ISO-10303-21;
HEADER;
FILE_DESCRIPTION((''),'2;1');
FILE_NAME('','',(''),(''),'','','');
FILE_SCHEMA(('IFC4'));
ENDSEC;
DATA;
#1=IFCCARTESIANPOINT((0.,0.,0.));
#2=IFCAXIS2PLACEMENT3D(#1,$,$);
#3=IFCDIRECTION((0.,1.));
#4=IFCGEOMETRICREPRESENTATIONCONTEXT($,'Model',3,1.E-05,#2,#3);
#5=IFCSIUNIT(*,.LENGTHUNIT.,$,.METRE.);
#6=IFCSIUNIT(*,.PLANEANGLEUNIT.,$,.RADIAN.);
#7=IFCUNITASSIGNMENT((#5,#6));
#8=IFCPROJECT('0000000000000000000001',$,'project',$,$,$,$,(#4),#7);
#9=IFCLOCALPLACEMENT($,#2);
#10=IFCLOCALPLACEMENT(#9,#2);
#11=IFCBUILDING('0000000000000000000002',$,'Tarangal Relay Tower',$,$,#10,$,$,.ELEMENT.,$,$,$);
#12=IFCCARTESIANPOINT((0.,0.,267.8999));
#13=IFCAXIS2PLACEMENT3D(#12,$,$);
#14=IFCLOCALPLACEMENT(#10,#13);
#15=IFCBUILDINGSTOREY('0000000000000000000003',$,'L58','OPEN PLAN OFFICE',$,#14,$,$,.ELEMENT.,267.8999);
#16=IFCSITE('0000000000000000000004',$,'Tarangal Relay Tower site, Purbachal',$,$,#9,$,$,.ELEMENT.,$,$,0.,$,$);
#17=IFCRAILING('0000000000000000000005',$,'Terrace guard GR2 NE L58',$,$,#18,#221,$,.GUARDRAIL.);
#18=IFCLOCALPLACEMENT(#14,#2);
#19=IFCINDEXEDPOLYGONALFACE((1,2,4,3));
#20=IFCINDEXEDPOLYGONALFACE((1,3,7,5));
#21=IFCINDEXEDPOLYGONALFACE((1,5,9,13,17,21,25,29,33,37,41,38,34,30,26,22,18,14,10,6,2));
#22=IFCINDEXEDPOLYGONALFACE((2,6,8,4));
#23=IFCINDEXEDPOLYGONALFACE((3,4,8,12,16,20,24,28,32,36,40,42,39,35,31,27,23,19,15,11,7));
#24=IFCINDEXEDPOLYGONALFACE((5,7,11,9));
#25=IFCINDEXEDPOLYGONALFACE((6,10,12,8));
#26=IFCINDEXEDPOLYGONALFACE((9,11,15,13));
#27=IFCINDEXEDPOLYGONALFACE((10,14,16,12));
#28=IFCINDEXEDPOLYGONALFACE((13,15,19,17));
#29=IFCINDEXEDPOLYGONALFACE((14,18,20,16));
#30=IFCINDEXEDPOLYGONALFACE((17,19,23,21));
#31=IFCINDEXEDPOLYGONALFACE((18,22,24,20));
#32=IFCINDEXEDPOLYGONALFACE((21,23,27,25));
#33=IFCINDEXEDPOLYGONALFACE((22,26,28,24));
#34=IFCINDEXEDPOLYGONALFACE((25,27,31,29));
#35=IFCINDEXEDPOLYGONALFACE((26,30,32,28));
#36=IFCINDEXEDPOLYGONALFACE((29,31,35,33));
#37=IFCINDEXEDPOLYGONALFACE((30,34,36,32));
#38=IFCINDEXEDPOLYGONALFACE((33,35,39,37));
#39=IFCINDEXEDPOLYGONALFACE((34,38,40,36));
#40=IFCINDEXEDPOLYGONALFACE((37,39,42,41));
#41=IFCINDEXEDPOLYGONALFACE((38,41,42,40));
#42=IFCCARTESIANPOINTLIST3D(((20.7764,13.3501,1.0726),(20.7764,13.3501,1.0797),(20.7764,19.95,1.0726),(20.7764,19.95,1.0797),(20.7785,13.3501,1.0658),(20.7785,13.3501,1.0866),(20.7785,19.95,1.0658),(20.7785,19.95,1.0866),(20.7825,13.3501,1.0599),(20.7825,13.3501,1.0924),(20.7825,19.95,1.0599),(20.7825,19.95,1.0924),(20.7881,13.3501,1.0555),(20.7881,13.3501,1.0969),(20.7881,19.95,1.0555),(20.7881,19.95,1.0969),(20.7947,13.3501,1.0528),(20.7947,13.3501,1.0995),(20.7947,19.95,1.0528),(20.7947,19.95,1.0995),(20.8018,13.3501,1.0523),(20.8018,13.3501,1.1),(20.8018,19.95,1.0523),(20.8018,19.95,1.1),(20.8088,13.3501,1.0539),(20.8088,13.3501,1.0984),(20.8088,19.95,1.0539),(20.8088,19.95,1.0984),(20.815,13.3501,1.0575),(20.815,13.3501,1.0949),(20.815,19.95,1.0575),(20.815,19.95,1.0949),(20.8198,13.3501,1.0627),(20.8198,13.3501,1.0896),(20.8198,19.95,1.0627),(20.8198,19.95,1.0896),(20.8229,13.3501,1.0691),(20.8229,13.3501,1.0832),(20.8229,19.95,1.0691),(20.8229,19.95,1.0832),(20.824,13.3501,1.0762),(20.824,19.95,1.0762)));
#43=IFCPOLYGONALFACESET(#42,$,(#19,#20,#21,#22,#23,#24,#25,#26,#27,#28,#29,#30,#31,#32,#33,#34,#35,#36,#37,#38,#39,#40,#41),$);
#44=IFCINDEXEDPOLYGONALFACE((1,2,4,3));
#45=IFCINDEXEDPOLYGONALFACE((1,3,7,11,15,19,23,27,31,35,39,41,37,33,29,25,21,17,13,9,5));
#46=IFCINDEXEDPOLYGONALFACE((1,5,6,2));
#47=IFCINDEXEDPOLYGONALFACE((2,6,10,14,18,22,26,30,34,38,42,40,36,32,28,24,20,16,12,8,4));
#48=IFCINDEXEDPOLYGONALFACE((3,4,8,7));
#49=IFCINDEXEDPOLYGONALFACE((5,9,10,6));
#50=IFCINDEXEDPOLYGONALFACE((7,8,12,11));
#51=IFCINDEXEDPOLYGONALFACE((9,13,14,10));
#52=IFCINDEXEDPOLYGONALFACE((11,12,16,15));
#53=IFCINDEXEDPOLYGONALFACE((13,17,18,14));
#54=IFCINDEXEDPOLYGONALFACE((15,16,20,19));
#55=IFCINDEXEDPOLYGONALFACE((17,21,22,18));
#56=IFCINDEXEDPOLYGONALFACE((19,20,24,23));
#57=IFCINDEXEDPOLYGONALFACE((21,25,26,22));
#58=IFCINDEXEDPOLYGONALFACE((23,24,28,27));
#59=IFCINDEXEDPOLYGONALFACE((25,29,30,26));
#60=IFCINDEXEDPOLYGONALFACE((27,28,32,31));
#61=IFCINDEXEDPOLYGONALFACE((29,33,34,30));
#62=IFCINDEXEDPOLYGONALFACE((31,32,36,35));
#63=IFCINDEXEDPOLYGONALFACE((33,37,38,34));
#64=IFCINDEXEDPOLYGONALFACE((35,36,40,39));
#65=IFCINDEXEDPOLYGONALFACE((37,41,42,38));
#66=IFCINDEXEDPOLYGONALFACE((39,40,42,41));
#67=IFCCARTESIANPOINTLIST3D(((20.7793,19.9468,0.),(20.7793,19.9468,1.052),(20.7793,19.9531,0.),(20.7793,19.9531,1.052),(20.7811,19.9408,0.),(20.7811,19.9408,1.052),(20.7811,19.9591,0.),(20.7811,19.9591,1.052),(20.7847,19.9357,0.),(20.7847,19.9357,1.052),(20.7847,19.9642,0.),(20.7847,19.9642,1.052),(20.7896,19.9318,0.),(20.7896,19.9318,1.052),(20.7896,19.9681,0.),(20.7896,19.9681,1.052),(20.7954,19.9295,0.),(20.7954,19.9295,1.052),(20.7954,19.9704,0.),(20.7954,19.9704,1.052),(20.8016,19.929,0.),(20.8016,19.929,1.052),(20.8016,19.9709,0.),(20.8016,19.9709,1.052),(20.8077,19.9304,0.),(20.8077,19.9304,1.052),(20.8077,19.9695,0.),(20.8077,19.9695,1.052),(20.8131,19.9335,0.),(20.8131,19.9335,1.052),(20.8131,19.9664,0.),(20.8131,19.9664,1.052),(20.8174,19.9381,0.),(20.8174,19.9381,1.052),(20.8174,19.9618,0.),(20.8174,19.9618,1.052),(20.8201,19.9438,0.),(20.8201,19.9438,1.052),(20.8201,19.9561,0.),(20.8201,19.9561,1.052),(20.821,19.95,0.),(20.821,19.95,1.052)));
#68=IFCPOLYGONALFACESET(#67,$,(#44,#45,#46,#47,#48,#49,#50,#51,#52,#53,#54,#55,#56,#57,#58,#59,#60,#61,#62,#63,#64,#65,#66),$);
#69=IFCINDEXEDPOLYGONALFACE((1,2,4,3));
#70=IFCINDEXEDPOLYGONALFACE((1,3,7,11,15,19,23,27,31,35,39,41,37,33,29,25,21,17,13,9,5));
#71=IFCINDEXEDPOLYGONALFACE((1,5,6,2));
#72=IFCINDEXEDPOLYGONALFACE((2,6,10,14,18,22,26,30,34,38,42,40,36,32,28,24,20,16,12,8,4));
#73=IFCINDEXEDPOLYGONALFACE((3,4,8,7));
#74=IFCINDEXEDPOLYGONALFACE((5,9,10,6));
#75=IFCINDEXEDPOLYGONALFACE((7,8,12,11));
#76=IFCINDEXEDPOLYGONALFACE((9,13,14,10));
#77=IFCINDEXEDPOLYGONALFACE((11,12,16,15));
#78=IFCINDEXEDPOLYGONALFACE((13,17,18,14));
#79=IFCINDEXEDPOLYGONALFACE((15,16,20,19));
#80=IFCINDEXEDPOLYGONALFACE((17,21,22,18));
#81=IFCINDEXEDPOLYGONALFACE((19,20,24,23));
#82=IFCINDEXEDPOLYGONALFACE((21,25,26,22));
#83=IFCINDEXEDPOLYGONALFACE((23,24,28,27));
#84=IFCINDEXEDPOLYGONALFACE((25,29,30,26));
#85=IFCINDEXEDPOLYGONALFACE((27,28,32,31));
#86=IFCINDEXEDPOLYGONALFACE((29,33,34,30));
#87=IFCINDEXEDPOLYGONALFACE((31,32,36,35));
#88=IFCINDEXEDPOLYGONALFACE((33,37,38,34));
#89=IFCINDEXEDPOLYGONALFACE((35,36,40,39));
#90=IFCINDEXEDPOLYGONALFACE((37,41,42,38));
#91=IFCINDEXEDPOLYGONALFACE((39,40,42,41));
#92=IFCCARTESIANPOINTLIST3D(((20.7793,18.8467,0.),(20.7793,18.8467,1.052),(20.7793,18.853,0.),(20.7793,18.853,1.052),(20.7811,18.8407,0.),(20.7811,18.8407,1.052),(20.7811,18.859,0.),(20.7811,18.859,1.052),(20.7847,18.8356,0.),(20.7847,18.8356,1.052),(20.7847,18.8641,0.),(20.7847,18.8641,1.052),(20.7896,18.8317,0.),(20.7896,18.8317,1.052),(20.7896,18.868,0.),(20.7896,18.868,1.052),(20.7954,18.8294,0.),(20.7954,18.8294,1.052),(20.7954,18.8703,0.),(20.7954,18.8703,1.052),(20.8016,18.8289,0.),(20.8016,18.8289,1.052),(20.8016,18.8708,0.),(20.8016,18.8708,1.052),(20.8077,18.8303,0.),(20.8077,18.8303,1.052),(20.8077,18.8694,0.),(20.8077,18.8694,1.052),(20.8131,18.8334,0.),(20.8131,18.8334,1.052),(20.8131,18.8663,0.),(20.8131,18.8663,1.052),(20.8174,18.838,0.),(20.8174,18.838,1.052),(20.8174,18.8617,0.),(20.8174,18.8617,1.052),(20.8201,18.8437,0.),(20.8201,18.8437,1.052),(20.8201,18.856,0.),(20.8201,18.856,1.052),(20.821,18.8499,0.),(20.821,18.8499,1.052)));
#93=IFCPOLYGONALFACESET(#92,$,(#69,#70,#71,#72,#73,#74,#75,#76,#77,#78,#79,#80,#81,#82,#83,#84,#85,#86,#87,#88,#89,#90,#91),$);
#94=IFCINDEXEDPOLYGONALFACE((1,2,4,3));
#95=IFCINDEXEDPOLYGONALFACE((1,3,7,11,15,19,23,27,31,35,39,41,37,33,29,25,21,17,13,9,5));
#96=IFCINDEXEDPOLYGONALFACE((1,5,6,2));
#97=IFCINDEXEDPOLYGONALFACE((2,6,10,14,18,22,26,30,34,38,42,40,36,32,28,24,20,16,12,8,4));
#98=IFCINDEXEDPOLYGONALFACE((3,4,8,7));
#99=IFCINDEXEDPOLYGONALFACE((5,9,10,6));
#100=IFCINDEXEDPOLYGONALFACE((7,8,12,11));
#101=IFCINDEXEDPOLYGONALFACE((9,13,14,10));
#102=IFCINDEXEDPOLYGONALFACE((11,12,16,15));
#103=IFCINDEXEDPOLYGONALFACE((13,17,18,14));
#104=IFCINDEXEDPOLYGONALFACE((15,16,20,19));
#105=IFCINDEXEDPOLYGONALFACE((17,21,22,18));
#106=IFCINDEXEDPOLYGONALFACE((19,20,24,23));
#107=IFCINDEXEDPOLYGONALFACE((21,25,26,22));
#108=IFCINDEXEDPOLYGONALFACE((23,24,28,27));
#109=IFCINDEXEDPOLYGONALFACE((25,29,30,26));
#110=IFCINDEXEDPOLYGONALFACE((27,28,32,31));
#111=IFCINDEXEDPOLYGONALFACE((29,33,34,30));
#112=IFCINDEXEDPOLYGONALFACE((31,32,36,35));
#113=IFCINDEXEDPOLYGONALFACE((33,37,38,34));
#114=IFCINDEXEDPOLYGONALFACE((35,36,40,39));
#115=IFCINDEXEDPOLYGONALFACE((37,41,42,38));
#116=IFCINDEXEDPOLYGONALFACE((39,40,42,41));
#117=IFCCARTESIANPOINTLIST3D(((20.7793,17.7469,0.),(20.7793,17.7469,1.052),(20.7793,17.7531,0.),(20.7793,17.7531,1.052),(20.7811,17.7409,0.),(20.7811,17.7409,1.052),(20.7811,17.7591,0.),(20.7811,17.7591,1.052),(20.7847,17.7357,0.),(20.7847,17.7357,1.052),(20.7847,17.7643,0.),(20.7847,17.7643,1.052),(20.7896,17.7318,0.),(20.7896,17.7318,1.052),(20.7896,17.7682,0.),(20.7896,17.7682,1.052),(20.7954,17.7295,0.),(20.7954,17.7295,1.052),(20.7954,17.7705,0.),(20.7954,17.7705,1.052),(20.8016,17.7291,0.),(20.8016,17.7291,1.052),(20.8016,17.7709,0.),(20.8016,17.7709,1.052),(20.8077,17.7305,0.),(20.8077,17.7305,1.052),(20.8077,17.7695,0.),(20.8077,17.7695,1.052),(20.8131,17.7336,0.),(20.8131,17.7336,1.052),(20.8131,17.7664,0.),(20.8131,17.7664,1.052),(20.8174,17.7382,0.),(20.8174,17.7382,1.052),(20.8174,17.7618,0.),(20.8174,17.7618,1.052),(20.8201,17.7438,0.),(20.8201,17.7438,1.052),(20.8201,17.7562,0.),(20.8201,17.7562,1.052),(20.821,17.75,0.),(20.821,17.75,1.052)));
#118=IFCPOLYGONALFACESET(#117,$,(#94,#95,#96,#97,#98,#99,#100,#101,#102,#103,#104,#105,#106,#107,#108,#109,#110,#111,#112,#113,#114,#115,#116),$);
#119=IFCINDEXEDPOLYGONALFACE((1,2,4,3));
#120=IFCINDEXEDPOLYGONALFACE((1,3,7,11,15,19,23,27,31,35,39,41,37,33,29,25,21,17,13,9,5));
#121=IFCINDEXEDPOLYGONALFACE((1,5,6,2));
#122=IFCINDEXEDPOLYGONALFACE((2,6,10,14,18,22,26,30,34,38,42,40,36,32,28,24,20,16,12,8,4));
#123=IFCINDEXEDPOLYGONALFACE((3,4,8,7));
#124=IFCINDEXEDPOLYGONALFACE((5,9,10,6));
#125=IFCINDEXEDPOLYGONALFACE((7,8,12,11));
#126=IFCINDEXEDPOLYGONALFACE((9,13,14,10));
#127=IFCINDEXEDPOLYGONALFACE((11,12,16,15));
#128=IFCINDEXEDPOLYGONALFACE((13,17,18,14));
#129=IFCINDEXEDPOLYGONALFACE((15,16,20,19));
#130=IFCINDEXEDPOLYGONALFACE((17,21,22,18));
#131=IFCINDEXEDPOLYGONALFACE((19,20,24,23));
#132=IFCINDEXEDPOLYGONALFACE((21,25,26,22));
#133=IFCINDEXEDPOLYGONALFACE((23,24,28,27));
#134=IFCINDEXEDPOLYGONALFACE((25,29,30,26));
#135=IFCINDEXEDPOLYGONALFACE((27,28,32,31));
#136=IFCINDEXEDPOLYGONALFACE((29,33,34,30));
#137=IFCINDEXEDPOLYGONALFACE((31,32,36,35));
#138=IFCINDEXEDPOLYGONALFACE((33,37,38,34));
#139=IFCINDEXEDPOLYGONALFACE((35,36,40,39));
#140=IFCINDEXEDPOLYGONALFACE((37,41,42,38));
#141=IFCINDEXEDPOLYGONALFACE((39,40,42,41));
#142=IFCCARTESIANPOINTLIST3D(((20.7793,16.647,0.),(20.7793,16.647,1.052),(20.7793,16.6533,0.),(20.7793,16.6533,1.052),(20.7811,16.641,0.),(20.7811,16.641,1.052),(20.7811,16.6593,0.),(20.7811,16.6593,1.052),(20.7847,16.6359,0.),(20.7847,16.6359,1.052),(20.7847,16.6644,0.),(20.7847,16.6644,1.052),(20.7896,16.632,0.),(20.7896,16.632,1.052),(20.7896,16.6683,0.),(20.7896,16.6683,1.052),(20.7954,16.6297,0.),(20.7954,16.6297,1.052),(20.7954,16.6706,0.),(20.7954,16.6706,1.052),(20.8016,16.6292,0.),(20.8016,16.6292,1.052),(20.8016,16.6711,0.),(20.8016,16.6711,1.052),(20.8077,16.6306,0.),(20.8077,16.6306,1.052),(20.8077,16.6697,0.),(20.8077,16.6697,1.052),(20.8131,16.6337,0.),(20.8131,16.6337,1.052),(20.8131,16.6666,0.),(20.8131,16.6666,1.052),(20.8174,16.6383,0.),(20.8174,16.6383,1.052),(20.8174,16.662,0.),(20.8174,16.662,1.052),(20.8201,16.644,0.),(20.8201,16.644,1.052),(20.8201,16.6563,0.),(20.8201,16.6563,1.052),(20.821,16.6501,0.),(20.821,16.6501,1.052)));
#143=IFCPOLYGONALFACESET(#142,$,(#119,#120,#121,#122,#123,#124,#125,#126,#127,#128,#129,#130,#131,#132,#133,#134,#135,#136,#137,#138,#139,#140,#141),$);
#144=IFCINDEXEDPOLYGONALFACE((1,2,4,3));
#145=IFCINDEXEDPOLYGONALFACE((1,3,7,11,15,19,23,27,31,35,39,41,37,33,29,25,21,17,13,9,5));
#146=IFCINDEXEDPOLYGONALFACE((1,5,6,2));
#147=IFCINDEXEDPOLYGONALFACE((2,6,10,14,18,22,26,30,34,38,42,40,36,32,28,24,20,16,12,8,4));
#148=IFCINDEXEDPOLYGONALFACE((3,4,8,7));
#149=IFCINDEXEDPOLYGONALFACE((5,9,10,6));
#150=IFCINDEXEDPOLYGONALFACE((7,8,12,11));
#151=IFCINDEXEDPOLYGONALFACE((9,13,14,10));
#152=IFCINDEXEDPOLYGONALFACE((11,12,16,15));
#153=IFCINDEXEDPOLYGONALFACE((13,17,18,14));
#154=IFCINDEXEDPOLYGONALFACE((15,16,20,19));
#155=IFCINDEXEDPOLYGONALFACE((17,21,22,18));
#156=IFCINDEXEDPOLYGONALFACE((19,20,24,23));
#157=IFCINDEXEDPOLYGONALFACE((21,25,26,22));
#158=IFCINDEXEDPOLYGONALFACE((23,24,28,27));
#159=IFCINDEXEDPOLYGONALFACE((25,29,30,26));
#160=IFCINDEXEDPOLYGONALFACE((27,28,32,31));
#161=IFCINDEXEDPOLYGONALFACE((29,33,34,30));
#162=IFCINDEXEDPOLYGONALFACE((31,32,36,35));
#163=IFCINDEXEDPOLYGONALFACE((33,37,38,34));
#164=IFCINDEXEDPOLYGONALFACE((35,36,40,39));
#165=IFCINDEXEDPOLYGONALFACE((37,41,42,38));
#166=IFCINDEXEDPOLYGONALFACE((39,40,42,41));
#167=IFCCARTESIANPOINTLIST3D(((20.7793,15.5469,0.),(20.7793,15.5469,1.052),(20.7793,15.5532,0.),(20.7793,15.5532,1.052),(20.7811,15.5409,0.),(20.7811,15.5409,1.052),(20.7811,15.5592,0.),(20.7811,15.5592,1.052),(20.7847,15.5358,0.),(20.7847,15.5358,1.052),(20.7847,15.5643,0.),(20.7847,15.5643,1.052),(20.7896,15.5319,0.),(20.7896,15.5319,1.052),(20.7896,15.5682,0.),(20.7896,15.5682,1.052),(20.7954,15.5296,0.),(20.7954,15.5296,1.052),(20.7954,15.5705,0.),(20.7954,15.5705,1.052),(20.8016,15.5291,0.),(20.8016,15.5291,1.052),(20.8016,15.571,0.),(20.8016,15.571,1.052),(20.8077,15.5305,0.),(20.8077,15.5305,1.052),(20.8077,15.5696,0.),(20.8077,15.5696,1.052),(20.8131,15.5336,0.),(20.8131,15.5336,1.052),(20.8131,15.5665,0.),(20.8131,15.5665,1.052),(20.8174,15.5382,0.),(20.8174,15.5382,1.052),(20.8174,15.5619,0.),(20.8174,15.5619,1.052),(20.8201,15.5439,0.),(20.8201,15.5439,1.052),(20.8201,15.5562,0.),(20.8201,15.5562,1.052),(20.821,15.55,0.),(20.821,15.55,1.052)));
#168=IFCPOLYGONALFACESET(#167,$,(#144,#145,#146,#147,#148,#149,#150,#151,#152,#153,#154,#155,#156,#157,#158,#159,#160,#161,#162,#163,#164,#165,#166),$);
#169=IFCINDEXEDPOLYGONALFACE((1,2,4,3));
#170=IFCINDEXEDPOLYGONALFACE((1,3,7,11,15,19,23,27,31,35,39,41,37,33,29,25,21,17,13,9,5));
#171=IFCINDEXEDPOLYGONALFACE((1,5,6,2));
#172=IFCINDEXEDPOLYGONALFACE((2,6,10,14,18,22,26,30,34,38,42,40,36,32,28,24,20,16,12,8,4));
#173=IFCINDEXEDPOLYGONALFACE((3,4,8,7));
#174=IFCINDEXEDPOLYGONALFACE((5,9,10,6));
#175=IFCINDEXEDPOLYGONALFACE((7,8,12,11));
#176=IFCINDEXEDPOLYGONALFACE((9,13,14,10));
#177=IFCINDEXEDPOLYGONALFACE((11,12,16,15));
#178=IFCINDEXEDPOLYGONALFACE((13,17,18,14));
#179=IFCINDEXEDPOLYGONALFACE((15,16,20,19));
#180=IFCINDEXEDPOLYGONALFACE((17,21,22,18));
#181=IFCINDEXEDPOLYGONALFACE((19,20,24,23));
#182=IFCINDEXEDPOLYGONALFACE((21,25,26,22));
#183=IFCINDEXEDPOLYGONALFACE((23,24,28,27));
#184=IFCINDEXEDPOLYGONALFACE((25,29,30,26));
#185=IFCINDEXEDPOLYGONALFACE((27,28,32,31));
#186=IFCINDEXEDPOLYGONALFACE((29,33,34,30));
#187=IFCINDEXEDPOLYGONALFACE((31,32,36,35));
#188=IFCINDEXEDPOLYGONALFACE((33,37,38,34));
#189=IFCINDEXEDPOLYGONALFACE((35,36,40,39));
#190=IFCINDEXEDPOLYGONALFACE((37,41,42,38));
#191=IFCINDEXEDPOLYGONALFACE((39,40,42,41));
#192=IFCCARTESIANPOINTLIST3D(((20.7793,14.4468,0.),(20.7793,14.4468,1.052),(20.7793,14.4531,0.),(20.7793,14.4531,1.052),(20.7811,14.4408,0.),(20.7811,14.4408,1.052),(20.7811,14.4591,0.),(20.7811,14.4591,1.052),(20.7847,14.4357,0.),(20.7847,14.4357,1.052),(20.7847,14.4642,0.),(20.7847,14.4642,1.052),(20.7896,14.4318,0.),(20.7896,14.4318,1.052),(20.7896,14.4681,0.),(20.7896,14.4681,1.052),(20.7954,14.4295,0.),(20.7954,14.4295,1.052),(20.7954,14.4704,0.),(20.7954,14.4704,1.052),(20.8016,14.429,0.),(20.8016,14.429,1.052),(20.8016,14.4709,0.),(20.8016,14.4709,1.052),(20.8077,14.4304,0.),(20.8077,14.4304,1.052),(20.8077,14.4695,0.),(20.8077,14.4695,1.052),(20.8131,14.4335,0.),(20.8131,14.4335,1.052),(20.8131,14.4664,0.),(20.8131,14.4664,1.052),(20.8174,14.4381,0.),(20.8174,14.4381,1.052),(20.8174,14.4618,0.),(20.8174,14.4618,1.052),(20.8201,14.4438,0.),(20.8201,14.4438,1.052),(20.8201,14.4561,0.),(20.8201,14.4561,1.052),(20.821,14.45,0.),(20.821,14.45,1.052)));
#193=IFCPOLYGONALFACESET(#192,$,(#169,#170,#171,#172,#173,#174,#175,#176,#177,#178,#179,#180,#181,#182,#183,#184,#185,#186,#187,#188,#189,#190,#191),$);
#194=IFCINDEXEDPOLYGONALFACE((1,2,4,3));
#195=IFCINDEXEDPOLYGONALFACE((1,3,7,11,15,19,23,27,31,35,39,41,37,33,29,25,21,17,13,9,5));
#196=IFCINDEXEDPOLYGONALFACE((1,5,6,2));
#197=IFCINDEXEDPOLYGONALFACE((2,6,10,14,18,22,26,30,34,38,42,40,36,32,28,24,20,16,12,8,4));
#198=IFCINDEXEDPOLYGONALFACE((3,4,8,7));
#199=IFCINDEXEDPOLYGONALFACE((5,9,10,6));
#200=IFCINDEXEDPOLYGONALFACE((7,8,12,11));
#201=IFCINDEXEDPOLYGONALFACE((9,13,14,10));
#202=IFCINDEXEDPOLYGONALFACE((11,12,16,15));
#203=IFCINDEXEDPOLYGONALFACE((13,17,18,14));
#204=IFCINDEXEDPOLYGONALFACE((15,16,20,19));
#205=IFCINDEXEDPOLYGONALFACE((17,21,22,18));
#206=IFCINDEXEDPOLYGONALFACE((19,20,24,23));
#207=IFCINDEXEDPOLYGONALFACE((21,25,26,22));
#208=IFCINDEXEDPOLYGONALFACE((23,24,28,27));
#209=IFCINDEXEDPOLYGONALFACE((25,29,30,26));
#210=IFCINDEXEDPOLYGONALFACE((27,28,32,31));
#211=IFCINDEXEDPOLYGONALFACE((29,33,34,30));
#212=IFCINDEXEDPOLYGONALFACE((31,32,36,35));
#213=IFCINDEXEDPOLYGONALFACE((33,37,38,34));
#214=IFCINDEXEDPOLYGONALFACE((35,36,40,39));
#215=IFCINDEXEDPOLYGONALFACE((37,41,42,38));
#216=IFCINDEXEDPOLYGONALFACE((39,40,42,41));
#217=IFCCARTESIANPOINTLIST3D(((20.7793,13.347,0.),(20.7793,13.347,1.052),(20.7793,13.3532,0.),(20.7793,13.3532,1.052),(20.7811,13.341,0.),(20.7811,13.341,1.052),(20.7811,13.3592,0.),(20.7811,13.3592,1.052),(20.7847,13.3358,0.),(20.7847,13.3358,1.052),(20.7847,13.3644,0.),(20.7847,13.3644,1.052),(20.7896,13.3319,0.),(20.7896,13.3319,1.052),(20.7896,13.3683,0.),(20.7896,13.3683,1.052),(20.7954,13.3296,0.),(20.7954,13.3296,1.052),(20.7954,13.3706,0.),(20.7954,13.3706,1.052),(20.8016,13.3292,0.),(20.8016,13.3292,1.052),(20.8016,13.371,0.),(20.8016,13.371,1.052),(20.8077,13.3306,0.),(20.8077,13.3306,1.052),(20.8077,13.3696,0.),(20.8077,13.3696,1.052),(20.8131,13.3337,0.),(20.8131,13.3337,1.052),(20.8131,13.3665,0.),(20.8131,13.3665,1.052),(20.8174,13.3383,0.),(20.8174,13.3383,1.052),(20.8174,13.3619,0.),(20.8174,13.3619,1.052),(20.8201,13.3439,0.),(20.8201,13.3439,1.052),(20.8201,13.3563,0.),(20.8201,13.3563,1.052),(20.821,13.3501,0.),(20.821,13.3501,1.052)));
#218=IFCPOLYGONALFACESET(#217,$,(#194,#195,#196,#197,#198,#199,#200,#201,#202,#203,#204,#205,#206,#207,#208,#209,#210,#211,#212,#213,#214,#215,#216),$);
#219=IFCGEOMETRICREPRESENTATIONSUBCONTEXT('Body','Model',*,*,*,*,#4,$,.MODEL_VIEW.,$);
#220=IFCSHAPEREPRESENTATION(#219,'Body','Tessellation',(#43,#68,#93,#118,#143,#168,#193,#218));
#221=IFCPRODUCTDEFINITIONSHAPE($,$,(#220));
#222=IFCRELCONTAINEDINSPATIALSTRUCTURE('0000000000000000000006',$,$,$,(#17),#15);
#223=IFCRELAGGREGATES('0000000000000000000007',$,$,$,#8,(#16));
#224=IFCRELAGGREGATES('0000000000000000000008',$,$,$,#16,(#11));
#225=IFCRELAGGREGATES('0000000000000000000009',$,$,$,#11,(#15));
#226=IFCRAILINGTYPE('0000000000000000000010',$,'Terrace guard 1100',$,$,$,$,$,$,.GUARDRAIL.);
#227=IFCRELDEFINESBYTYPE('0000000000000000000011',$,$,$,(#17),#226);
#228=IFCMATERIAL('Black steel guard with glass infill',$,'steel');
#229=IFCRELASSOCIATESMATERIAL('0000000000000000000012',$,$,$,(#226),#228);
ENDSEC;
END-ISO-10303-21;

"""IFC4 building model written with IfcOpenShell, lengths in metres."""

from ifc_helpers import new_model, si_unit, direction, frame, origin, origin_2d, place, context, subcontext, project, spatial, circle, extrude, material, type_object, element, save


model = new_model("IFC4")

# Units and contexts
model_context = context("Model", 3, precision=1e-05, world=origin(), true_north=direction((0.0, 1.0)))
body_context = subcontext(model_context, "Body", "Model", "MODEL_VIEW")
ifc_project = project(units=[si_unit("LENGTHUNIT", "METRE"), si_unit("PLANEANGLEUNIT", "RADIAN")], contexts=[model_context])

# Site, building, storey
site_placement = place(None, origin())
site = spatial("IfcSite", under=ifc_project, at=site_placement, Name="Tarangal Relay Tower site, Purbachal", CompositionType="ELEMENT", RefElevation=0.0)
building_placement = place(site_placement, origin())
building = spatial("IfcBuilding", under=site, at=building_placement, Name="Tarangal Relay Tower", CompositionType="ELEMENT")
storey_placement = place(building_placement, frame((0.0, 0.0, 267.8999)))
storey = spatial("IfcBuildingStorey", under=building, at=storey_placement, Name="L58", Description="OPEN PLAN OFFICE", CompositionType="ELEMENT", Elevation=267.8999)

# Railing
ifc_material_1 = material(Name="Black steel guard with glass infill", Category="steel")
railing_type = type_object("IfcRailingType", Name="Terrace guard 1100", PredefinedType="GUARDRAIL", material=ifc_material_1)
railing_1_placement = place(storey_placement, frame((20.8, 19.95, 0.0)))
element("IfcRailing", 1, at=railing_1_placement, inside=storey, type_object=railing_type, Name="Terrace guard GR2 NE L58", PredefinedType="GUARDRAIL", context=body_context, shape_type="SweptSolid", body=[
    extrude(circle(Radius=0.0239, at=origin_2d()), frame((0.0, 0.0, 1.0762), z_axis=(0.0, -1.0, 0.0), x_axis=(1.0, 0.0, 0.0)), (0.0, 0.0, 1.0), 6.5999),
    extrude(circle(Radius=0.021, at=origin_2d()), origin(), (0.0, 0.0, 1.0), 1.052),
    extrude(circle(Radius=0.021, at=origin_2d()), frame((0.0, -1.1001, 0.0)), (0.0, 0.0, 1.0), 1.052),
    extrude(circle(Radius=0.021, at=origin_2d()), frame((0.0, -2.2, 0.0)), (0.0, 0.0, 1.0), 1.052),
    extrude(circle(Radius=0.021, at=origin_2d()), frame((0.0, -3.2998, 0.0)), (0.0, 0.0, 1.0), 1.052),
    extrude(circle(Radius=0.021, at=origin_2d()), frame((0.0, -4.3999, 0.0)), (0.0, 0.0, 1.0), 1.052),
    extrude(circle(Radius=0.021, at=origin_2d()), frame((0.0, -5.5, 0.0)), (0.0, 0.0, 1.0), 1.052),
    extrude(circle(Radius=0.021, at=origin_2d()), frame((0.0, -6.5999, 0.0)), (0.0, 0.0, 1.0), 1.052),
])

save(model, "model.ifc")
